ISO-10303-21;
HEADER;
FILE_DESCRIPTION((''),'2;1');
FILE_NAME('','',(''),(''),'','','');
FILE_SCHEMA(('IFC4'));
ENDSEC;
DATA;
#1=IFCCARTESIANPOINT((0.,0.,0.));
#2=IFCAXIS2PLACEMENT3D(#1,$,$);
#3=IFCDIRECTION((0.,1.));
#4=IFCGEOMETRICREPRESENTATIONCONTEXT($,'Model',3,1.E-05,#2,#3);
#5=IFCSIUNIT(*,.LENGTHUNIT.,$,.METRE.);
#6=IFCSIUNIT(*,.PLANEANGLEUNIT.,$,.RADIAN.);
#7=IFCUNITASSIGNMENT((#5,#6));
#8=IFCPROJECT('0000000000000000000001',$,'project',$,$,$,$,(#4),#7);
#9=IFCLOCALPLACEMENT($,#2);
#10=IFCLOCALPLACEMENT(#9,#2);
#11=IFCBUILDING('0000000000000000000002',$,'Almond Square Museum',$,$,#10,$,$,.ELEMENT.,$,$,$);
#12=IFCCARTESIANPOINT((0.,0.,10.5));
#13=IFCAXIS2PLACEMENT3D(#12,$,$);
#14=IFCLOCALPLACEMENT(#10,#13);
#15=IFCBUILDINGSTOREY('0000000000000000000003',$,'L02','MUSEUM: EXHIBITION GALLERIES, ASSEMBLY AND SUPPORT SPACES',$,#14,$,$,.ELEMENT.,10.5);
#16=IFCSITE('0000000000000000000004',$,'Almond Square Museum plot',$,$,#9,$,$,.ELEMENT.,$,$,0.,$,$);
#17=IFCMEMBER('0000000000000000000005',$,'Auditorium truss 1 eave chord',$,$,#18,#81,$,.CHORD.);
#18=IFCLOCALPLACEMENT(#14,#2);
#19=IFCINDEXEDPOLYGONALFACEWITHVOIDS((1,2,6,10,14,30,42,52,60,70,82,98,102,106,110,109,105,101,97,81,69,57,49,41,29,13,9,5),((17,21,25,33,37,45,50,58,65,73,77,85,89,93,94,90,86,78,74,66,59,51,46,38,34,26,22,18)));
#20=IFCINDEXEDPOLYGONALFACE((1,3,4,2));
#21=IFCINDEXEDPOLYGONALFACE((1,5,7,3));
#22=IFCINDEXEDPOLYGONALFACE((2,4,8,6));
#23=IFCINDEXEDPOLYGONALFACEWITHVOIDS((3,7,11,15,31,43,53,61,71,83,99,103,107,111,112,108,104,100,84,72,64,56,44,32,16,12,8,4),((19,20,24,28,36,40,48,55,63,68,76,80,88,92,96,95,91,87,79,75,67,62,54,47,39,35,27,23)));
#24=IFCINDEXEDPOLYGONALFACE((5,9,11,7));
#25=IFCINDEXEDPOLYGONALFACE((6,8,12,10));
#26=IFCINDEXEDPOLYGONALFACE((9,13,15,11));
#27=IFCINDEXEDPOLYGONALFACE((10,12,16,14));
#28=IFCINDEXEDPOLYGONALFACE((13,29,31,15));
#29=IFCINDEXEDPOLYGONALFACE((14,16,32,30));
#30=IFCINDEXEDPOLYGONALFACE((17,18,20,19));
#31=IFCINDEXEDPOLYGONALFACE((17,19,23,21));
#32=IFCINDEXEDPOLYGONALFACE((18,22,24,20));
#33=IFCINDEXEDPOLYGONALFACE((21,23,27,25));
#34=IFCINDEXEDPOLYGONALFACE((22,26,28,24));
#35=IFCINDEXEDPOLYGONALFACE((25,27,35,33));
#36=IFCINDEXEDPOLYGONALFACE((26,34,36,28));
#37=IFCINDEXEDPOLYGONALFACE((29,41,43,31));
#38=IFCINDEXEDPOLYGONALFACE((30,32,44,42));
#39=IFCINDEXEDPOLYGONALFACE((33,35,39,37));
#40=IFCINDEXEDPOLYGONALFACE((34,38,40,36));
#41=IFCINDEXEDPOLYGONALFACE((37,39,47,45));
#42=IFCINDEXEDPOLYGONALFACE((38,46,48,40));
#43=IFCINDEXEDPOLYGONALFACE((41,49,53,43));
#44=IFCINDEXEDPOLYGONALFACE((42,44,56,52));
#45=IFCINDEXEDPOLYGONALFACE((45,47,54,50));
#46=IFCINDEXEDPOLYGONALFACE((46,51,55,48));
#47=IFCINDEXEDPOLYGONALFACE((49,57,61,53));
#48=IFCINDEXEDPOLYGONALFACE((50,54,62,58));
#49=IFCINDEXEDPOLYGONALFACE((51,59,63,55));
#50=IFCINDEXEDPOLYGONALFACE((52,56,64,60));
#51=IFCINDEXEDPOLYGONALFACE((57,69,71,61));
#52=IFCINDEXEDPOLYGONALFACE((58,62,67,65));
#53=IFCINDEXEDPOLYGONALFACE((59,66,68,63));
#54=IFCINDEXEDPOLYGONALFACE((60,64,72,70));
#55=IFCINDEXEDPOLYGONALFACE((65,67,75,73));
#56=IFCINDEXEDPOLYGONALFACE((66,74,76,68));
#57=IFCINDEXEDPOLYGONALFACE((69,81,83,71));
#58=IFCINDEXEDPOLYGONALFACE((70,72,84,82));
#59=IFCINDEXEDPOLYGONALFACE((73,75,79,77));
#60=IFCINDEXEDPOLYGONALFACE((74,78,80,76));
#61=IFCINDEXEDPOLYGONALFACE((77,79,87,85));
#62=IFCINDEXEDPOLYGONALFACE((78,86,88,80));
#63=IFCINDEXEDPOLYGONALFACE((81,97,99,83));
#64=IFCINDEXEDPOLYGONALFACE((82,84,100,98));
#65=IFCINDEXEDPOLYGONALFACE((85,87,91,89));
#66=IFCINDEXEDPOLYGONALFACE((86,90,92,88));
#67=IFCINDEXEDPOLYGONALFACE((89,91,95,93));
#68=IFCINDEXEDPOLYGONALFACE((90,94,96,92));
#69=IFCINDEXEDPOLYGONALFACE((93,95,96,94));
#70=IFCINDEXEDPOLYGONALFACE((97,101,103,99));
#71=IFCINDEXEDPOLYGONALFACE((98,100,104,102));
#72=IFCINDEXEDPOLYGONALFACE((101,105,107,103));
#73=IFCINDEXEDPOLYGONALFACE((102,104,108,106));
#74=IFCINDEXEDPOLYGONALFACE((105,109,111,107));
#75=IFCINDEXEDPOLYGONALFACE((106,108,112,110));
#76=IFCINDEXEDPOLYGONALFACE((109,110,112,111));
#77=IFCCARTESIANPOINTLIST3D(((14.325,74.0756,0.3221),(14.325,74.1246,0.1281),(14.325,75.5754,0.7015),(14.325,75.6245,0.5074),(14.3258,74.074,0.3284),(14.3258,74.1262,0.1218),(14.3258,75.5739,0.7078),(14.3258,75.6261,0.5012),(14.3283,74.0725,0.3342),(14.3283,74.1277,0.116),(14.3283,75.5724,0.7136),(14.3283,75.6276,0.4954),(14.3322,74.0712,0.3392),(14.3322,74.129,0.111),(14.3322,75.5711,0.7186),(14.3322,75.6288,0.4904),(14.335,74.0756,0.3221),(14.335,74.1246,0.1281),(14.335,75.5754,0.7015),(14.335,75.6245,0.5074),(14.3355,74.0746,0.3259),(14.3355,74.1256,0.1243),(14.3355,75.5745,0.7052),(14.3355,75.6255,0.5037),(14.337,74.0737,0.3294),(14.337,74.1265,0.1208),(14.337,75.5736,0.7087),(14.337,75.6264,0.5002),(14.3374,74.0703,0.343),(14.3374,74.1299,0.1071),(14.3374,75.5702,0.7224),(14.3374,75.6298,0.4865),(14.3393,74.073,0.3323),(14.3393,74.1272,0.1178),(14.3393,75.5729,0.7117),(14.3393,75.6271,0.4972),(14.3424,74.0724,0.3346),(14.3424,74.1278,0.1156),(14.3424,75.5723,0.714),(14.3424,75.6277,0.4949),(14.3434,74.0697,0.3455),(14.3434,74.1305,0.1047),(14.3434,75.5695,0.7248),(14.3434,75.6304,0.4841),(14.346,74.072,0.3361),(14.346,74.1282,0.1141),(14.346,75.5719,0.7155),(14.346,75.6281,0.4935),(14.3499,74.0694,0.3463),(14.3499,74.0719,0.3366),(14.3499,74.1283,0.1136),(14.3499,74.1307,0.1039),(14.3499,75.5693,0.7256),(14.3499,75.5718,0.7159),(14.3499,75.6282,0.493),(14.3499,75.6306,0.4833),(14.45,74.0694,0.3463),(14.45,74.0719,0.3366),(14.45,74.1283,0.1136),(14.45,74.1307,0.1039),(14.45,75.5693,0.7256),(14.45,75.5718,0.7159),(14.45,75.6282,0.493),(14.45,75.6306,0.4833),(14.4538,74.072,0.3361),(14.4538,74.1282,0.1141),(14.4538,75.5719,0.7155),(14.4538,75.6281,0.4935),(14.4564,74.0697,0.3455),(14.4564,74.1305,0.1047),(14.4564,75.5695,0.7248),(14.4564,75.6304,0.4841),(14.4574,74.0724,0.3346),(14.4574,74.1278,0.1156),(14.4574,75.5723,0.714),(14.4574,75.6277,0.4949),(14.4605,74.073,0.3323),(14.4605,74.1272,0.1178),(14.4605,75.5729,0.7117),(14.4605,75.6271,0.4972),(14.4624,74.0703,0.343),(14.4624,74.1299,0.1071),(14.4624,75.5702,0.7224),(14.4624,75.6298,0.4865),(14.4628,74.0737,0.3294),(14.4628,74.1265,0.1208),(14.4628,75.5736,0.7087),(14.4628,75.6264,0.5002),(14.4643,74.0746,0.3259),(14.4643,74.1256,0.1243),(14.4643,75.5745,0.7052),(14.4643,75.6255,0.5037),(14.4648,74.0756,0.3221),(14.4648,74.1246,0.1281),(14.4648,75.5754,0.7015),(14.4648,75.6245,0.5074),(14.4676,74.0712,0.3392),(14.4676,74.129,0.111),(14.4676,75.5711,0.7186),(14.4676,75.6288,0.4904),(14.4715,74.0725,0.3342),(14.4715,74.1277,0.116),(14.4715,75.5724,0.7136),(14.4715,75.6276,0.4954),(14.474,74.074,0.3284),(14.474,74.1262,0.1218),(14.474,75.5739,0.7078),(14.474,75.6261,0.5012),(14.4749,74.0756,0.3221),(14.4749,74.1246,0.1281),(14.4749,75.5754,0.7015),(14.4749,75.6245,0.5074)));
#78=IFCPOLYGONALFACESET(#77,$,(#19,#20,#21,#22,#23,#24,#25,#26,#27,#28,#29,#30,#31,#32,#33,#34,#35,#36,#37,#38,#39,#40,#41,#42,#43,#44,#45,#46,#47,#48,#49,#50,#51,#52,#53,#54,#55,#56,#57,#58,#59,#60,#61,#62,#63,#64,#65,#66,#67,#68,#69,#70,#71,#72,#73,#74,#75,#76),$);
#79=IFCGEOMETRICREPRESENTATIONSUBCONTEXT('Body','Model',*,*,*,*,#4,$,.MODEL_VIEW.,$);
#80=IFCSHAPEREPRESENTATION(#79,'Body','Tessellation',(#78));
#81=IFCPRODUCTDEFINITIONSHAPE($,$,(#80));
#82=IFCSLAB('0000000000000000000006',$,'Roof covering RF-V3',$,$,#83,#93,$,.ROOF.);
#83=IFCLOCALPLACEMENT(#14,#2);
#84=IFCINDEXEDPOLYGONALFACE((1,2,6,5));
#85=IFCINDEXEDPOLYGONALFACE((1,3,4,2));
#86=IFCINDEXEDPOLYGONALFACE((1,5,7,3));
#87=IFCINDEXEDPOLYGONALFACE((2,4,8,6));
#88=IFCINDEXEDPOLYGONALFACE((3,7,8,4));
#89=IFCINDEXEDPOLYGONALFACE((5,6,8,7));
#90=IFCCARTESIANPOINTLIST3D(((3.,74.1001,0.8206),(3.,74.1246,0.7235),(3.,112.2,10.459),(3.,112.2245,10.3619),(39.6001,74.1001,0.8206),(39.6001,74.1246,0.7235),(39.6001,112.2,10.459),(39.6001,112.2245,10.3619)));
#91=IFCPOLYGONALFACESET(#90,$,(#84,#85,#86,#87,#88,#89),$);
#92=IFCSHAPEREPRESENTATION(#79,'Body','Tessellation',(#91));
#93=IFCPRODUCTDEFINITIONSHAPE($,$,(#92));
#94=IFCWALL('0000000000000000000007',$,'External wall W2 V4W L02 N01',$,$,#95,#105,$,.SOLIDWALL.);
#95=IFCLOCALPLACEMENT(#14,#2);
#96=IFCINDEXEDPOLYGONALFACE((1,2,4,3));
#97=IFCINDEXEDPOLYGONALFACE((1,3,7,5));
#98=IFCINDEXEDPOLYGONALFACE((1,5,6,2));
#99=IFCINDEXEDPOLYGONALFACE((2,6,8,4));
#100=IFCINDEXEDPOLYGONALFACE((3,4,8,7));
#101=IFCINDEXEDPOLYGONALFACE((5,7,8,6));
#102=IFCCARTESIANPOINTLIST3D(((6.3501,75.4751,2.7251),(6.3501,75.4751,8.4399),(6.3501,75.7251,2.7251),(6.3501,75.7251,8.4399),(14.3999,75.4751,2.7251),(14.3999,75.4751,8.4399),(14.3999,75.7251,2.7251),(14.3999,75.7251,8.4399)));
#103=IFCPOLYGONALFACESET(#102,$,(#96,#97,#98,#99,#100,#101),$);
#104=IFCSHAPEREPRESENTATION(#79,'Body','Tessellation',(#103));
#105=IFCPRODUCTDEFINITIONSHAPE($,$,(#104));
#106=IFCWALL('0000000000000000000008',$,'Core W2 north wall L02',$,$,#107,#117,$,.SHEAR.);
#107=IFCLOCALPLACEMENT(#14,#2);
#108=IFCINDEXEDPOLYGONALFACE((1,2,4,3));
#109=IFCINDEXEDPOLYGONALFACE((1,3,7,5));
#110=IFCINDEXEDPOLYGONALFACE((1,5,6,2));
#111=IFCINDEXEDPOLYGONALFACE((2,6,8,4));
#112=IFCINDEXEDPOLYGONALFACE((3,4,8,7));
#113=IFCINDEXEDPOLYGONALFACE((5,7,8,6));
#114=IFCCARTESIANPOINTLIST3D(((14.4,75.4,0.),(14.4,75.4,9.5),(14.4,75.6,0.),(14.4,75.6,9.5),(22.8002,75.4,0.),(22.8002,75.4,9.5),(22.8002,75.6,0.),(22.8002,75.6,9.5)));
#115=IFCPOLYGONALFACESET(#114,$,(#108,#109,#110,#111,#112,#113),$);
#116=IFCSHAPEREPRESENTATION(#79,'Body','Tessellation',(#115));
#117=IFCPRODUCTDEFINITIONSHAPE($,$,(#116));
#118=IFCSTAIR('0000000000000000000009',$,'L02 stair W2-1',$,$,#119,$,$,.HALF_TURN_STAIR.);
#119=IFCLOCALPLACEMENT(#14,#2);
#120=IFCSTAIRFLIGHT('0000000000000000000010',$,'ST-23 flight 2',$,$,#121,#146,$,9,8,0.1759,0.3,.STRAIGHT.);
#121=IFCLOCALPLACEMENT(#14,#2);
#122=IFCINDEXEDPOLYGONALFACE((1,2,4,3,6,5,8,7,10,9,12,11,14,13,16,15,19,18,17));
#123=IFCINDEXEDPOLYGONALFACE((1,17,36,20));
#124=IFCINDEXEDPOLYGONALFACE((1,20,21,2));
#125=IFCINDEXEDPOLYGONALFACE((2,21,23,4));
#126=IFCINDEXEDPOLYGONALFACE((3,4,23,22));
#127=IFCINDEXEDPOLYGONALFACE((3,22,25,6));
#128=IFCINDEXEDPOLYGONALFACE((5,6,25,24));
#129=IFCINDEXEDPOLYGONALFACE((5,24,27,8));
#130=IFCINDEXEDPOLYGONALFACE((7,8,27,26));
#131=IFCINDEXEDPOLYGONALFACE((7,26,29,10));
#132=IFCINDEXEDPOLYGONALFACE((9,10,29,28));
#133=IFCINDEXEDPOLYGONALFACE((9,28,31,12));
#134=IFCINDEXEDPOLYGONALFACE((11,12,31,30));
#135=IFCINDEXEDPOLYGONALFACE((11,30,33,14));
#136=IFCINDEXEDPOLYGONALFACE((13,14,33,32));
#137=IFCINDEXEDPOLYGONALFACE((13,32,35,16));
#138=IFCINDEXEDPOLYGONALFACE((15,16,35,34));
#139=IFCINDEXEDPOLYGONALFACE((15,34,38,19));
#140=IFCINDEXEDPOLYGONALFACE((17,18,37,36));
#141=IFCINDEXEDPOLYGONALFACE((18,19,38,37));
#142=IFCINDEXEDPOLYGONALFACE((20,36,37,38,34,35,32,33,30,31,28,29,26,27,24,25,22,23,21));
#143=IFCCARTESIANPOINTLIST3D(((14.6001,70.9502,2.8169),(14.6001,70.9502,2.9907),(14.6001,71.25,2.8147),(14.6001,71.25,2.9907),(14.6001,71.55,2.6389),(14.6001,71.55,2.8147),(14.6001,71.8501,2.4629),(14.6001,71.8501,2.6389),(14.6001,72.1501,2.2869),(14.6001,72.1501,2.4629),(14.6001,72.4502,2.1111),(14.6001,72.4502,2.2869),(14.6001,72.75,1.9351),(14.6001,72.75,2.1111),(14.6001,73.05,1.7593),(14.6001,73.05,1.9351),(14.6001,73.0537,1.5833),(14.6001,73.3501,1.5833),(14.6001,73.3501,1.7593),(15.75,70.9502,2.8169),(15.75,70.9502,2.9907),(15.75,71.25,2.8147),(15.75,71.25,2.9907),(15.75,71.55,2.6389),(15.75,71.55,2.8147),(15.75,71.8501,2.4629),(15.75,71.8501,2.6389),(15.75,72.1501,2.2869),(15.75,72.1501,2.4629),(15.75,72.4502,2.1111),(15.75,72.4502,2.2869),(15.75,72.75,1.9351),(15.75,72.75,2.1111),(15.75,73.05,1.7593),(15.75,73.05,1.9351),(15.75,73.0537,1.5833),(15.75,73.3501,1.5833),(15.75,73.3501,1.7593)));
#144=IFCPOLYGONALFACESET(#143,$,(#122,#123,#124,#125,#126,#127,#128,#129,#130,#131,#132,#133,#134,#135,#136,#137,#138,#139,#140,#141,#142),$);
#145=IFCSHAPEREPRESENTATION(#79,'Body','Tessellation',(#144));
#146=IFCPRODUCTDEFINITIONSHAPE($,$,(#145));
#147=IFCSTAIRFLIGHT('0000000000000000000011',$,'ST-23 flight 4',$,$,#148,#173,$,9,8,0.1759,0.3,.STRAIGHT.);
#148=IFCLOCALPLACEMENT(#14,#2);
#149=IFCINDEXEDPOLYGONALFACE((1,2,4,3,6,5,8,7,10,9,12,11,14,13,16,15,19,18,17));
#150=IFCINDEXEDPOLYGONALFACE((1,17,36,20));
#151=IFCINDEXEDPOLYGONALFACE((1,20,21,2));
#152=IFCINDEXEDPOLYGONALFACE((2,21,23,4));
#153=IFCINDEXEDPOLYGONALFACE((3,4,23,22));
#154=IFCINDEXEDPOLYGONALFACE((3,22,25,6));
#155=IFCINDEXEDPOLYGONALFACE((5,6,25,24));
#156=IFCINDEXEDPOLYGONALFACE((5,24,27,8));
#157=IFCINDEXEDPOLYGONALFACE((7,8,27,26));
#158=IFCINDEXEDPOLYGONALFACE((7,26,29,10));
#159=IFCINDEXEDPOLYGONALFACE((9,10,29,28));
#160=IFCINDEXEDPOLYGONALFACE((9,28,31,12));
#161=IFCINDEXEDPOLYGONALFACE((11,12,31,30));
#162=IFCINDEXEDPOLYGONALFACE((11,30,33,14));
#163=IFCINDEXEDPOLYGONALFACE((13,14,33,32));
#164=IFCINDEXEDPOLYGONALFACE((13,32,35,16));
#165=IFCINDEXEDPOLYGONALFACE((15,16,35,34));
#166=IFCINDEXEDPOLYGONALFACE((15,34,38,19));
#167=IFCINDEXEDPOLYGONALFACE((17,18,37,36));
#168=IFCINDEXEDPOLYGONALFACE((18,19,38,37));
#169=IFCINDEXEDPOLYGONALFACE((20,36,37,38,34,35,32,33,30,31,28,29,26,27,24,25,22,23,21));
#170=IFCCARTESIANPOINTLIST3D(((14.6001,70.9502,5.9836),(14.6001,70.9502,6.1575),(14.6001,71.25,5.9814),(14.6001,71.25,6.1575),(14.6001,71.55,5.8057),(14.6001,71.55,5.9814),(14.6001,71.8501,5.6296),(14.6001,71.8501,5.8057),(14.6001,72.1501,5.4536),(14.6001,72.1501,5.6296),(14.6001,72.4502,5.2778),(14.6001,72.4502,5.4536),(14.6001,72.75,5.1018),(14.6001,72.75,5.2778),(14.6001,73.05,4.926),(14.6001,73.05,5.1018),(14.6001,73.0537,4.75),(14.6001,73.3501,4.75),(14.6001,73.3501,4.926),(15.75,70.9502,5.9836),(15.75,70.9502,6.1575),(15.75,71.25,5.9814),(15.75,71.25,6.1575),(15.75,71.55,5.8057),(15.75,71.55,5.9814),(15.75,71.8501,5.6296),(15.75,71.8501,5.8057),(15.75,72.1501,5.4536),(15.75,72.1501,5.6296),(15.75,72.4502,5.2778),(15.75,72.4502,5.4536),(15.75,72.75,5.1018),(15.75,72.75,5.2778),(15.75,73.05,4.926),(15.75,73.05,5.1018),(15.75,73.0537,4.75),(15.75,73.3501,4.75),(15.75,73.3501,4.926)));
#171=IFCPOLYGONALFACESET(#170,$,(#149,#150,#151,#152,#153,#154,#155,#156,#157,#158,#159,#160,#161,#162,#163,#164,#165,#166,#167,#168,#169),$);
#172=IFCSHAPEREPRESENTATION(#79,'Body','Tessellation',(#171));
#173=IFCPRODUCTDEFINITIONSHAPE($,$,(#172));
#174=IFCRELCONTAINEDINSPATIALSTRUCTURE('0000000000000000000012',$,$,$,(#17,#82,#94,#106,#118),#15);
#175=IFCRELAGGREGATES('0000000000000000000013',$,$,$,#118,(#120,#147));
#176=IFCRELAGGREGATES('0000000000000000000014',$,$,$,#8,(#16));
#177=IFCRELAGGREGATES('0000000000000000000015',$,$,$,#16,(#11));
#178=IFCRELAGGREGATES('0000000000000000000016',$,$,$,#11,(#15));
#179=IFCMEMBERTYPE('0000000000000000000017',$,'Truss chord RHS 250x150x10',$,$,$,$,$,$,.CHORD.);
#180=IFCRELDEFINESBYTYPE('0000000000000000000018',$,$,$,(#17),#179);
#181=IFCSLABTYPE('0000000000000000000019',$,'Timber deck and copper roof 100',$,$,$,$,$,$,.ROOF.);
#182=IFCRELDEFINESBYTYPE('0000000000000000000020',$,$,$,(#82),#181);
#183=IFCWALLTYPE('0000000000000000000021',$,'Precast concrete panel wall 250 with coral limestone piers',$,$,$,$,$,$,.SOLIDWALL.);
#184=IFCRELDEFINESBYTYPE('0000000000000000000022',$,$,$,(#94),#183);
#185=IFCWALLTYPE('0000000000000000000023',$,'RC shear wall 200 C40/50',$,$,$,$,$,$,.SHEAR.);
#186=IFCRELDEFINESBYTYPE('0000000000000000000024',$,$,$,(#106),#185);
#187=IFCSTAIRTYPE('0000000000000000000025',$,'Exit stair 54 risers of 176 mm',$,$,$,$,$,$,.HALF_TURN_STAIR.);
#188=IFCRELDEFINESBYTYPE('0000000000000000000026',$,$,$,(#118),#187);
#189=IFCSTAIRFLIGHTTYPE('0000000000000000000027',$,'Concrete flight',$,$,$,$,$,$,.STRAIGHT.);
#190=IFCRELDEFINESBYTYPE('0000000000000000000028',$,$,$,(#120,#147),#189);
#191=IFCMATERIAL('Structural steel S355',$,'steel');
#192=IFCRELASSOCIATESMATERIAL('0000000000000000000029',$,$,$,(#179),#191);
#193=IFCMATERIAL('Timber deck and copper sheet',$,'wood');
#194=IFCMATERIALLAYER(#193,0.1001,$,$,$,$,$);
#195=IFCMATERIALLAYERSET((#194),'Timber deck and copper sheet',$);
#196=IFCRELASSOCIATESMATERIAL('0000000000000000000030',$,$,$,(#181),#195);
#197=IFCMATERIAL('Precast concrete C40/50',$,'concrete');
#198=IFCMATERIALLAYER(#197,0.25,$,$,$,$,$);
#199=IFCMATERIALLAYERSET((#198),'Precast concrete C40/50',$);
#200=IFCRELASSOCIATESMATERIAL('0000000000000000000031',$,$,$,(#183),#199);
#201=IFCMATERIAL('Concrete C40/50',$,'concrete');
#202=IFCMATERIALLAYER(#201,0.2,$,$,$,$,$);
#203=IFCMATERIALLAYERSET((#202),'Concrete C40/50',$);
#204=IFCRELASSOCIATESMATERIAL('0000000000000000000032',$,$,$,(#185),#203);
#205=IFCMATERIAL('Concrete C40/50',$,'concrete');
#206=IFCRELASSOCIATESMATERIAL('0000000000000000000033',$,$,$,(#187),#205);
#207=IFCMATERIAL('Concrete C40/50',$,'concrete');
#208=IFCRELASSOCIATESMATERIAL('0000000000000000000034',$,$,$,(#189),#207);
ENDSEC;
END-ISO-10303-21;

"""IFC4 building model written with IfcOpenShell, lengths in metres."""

from ifc_helpers import new_model, si_unit, direction, frame, frame_2d, origin, origin_2d, place, context, subcontext, project, spatial, polyline, rectangle, hollow_rectangle, outline, extrude, material, layer, layer_set, material_profile, profile_set, type_object, element, aggregate, save


model = new_model("IFC4")

# Units and contexts
model_context = context("Model", 3, precision=1e-05, world=origin(), true_north=direction((0.0, 1.0)))
body_context = subcontext(model_context, "Body", "Model", "MODEL_VIEW")
ifc_project = project(units=[si_unit("LENGTHUNIT", "METRE"), si_unit("PLANEANGLEUNIT", "RADIAN")], contexts=[model_context])

# Site, building, storey
site_placement = place(None, origin())
site = spatial("IfcSite", under=ifc_project, at=site_placement, Name="Almond Square Museum plot", CompositionType="ELEMENT", RefElevation=0.0)
building_placement = place(site_placement, origin())
building = spatial("IfcBuilding", under=site, at=building_placement, Name="Almond Square Museum", CompositionType="ELEMENT")
storey_placement = place(building_placement, frame((0.0, 0.0, 10.5)))
storey = spatial("IfcBuildingStorey", under=building, at=storey_placement, Name="L02", Description="MUSEUM: EXHIBITION GALLERIES, ASSEMBLY AND SUPPORT SPACES", CompositionType="ELEMENT", Elevation=10.5)

# Member
ifc_material_1 = material(Name="Structural steel S355", Category="steel")
ifc_material_profile_1 = material_profile(ifc_material_1, hollow_rectangle(XDim=0.1499, YDim=0.25, WallThickness=0.01, InnerFilletRadius=0.0149, OuterFilletRadius=0.0249, at=origin_2d()))
ifc_profile_set_1 = profile_set([ifc_material_profile_1], Name="Structural steel S355")
member_type_1 = type_object("IfcMemberType", Name="Truss chord RHS 250x150x10", PredefinedType="CHORD", material=ifc_profile_set_1)
member_1_placement = place(storey_placement, frame((14.3999, 74.1001, 0.2251), z_axis=(0.0, 0.969471, 0.245208), x_axis=(-1.0, 0.0, 0.0)))
element("IfcMember", 1, at=member_1_placement, inside=storey, type_object=member_type_1, Name="Auditorium truss 1 eave chord", PredefinedType="CHORD", context=body_context, shape_type="SweptSolid", body=[
    extrude(hollow_rectangle(XDim=0.1499, YDim=0.25, WallThickness=0.01, InnerFilletRadius=0.0149, OuterFilletRadius=0.0249, at=origin_2d()), origin(), (0.0, 0.0, 1.0), 1.5471),
])

# Slab
ifc_material_2 = material(Name="Timber deck and copper sheet", Category="wood")
ifc_layer_1 = layer(ifc_material_2, 0.1001)
ifc_layer_set_1 = layer_set([ifc_layer_1], Name="Timber deck and copper sheet")
slab_type = type_object("IfcSlabType", Name="Timber deck and copper roof 100", PredefinedType="ROOF", material=ifc_layer_set_1)
slab_placement = place(storey_placement, frame((3.0, 74.1001, 0.8206), z_axis=(0.0, -0.245252, 0.969459), x_axis=(1.0, 0.0, 0.0)))
element("IfcSlab", 2, at=slab_placement, inside=storey, type_object=slab_type, Name="Roof covering RF-V3", PredefinedType="ROOF", context=body_context, shape_type="SweptSolid", body=[
    extrude(outline(polyline([(0.0, 0.0), (36.6001, 0.0), (36.6001, 39.3001), (0.0, 39.3001), (0.0, 0.0)])), origin(), (0.0, 0.0, -1.0), 0.1001),
])

# Walls
ifc_material_3 = material(Name="Precast concrete C40/50", Category="concrete")
ifc_layer_2 = layer(ifc_material_3, 0.25)
ifc_layer_set_2 = layer_set([ifc_layer_2], Name="Precast concrete C40/50")
wall_type_1 = type_object("IfcWallType", Name="Precast concrete panel wall 250 with coral limestone piers", PredefinedType="SOLIDWALL", material=ifc_layer_set_2)
wall_1_placement = place(storey_placement, frame((6.3501, 75.6001, 2.7251), z_axis=(0.0, 0.0, 1.0), x_axis=(1.0, 0.0, 0.0)))
element("IfcWall", 3, at=wall_1_placement, inside=storey, type_object=wall_type_1, Name="External wall W2 V4W L02 N01", PredefinedType="SOLIDWALL", context=body_context, shape_type="SweptSolid", body=[
    extrude(rectangle(XDim=8.0498, YDim=0.25, at=frame_2d((4.0249, 0.0))), origin(), (0.0, 0.0, 1.0), 5.7148),
])
ifc_material_4 = material(Name="Concrete C40/50", Category="concrete")
ifc_layer_3 = layer(ifc_material_4, 0.2)
ifc_layer_set_3 = layer_set([ifc_layer_3], Name="Concrete C40/50")
wall_type_2 = type_object("IfcWallType", Name="RC shear wall 200 C40/50", PredefinedType="SHEAR", material=ifc_layer_set_3)
wall_2_placement = place(storey_placement, frame((14.3999, 75.5, 0.0), z_axis=(0.0, 0.0, 1.0), x_axis=(1.0, 0.0, 0.0)))
element("IfcWall", 4, at=wall_2_placement, inside=storey, type_object=wall_type_2, Name="Core W2 north wall L02", PredefinedType="SHEAR", context=body_context, shape_type="SweptSolid", body=[
    extrude(rectangle(XDim=8.4001, YDim=0.2, at=frame_2d((4.2002, 0.0))), origin(), (0.0, 0.0, 1.0), 9.5),
])

# Stair, stair flights
ifc_material_5 = material(Name="Concrete C40/50", Category="concrete")
stair_type = type_object("IfcStairType", Name="Exit stair 54 risers of 176 mm", PredefinedType="HALF_TURN_STAIR", material=ifc_material_5)
stair_placement = place(storey_placement, origin())
stair = element("IfcStair", 5, at=stair_placement, inside=storey, type_object=stair_type, Name="L02 stair W2-1", PredefinedType="HALF_TURN_STAIR")
ifc_material_6 = material(Name="Concrete C40/50", Category="concrete")
stair_flight_type = type_object("IfcStairFlightType", Name="Concrete flight", PredefinedType="STRAIGHT", material=ifc_material_6)
stair_flight_1_placement = place(storey_placement, frame((15.175, 73.3501, 1.5833), z_axis=(0.0, 0.0, 1.0), x_axis=(0.0, -1.0, 0.0)))
stair_flight_1 = element("IfcStairFlight", 6, at=stair_flight_1_placement, type_object=stair_flight_type, Name="ST-23 flight 2", NumberOfRisers=9, NumberOfTreads=8, PredefinedType="STRAIGHT", RiserHeight=0.1759, TreadLength=0.3, context=body_context, shape_type="SweptSolid", body=[
    extrude(outline(polyline([(0.0, 0.0), (0.0, 0.176), (0.3, 0.176), (0.3, 0.3518), (0.6001, 0.3518), (0.6001, 0.5278), (0.8999, 0.5278), (0.8999, 0.7036), (1.2, 0.7036), (1.2, 0.8796), (1.5, 0.8796), (1.5, 1.0557), (1.8, 1.0557), (1.8, 1.2314), (2.1001, 1.2314), (2.1001, 1.4075), (2.3999, 1.4075), (2.3999, 1.5833), (2.3999, 1.2336), (0.2964, 0.0), (0.0, 0.0)])), frame((0.0, 0.575, 0.0), z_axis=(0.0, -1.0, 0.0), x_axis=(1.0, 0.0, 0.0)), (0.0, 0.0, 1.0), 1.1499),
])
stair_flight_2_placement = place(storey_placement, frame((15.175, 73.3501, 4.75), z_axis=(0.0, 0.0, 1.0), x_axis=(0.0, -1.0, 0.0)))
stair_flight_2 = element("IfcStairFlight", 7, at=stair_flight_2_placement, type_object=stair_flight_type, Name="ST-23 flight 4", NumberOfRisers=9, NumberOfTreads=8, PredefinedType="STRAIGHT", RiserHeight=0.1759, TreadLength=0.3, context=body_context, shape_type="SweptSolid", body=[
    extrude(outline(polyline([(0.0, 0.0), (0.0, 0.176), (0.3, 0.176), (0.3, 0.3518), (0.6001, 0.3518), (0.6001, 0.5278), (0.8999, 0.5278), (0.8999, 0.7036), (1.2, 0.7036), (1.2, 0.8796), (1.5, 0.8796), (1.5, 1.0557), (1.8, 1.0557), (1.8, 1.2314), (2.1001, 1.2314), (2.1001, 1.4075), (2.3999, 1.4075), (2.3999, 1.5833), (2.3999, 1.2336), (0.2964, 0.0), (0.0, 0.0)])), frame((0.0, 0.575, 0.0), z_axis=(0.0, -1.0, 0.0), x_axis=(1.0, 0.0, 0.0)), (0.0, 0.0, 1.0), 1.1499),
])
aggregate(stair, [stair_flight_1, stair_flight_2])

save(model, "model.ifc")
